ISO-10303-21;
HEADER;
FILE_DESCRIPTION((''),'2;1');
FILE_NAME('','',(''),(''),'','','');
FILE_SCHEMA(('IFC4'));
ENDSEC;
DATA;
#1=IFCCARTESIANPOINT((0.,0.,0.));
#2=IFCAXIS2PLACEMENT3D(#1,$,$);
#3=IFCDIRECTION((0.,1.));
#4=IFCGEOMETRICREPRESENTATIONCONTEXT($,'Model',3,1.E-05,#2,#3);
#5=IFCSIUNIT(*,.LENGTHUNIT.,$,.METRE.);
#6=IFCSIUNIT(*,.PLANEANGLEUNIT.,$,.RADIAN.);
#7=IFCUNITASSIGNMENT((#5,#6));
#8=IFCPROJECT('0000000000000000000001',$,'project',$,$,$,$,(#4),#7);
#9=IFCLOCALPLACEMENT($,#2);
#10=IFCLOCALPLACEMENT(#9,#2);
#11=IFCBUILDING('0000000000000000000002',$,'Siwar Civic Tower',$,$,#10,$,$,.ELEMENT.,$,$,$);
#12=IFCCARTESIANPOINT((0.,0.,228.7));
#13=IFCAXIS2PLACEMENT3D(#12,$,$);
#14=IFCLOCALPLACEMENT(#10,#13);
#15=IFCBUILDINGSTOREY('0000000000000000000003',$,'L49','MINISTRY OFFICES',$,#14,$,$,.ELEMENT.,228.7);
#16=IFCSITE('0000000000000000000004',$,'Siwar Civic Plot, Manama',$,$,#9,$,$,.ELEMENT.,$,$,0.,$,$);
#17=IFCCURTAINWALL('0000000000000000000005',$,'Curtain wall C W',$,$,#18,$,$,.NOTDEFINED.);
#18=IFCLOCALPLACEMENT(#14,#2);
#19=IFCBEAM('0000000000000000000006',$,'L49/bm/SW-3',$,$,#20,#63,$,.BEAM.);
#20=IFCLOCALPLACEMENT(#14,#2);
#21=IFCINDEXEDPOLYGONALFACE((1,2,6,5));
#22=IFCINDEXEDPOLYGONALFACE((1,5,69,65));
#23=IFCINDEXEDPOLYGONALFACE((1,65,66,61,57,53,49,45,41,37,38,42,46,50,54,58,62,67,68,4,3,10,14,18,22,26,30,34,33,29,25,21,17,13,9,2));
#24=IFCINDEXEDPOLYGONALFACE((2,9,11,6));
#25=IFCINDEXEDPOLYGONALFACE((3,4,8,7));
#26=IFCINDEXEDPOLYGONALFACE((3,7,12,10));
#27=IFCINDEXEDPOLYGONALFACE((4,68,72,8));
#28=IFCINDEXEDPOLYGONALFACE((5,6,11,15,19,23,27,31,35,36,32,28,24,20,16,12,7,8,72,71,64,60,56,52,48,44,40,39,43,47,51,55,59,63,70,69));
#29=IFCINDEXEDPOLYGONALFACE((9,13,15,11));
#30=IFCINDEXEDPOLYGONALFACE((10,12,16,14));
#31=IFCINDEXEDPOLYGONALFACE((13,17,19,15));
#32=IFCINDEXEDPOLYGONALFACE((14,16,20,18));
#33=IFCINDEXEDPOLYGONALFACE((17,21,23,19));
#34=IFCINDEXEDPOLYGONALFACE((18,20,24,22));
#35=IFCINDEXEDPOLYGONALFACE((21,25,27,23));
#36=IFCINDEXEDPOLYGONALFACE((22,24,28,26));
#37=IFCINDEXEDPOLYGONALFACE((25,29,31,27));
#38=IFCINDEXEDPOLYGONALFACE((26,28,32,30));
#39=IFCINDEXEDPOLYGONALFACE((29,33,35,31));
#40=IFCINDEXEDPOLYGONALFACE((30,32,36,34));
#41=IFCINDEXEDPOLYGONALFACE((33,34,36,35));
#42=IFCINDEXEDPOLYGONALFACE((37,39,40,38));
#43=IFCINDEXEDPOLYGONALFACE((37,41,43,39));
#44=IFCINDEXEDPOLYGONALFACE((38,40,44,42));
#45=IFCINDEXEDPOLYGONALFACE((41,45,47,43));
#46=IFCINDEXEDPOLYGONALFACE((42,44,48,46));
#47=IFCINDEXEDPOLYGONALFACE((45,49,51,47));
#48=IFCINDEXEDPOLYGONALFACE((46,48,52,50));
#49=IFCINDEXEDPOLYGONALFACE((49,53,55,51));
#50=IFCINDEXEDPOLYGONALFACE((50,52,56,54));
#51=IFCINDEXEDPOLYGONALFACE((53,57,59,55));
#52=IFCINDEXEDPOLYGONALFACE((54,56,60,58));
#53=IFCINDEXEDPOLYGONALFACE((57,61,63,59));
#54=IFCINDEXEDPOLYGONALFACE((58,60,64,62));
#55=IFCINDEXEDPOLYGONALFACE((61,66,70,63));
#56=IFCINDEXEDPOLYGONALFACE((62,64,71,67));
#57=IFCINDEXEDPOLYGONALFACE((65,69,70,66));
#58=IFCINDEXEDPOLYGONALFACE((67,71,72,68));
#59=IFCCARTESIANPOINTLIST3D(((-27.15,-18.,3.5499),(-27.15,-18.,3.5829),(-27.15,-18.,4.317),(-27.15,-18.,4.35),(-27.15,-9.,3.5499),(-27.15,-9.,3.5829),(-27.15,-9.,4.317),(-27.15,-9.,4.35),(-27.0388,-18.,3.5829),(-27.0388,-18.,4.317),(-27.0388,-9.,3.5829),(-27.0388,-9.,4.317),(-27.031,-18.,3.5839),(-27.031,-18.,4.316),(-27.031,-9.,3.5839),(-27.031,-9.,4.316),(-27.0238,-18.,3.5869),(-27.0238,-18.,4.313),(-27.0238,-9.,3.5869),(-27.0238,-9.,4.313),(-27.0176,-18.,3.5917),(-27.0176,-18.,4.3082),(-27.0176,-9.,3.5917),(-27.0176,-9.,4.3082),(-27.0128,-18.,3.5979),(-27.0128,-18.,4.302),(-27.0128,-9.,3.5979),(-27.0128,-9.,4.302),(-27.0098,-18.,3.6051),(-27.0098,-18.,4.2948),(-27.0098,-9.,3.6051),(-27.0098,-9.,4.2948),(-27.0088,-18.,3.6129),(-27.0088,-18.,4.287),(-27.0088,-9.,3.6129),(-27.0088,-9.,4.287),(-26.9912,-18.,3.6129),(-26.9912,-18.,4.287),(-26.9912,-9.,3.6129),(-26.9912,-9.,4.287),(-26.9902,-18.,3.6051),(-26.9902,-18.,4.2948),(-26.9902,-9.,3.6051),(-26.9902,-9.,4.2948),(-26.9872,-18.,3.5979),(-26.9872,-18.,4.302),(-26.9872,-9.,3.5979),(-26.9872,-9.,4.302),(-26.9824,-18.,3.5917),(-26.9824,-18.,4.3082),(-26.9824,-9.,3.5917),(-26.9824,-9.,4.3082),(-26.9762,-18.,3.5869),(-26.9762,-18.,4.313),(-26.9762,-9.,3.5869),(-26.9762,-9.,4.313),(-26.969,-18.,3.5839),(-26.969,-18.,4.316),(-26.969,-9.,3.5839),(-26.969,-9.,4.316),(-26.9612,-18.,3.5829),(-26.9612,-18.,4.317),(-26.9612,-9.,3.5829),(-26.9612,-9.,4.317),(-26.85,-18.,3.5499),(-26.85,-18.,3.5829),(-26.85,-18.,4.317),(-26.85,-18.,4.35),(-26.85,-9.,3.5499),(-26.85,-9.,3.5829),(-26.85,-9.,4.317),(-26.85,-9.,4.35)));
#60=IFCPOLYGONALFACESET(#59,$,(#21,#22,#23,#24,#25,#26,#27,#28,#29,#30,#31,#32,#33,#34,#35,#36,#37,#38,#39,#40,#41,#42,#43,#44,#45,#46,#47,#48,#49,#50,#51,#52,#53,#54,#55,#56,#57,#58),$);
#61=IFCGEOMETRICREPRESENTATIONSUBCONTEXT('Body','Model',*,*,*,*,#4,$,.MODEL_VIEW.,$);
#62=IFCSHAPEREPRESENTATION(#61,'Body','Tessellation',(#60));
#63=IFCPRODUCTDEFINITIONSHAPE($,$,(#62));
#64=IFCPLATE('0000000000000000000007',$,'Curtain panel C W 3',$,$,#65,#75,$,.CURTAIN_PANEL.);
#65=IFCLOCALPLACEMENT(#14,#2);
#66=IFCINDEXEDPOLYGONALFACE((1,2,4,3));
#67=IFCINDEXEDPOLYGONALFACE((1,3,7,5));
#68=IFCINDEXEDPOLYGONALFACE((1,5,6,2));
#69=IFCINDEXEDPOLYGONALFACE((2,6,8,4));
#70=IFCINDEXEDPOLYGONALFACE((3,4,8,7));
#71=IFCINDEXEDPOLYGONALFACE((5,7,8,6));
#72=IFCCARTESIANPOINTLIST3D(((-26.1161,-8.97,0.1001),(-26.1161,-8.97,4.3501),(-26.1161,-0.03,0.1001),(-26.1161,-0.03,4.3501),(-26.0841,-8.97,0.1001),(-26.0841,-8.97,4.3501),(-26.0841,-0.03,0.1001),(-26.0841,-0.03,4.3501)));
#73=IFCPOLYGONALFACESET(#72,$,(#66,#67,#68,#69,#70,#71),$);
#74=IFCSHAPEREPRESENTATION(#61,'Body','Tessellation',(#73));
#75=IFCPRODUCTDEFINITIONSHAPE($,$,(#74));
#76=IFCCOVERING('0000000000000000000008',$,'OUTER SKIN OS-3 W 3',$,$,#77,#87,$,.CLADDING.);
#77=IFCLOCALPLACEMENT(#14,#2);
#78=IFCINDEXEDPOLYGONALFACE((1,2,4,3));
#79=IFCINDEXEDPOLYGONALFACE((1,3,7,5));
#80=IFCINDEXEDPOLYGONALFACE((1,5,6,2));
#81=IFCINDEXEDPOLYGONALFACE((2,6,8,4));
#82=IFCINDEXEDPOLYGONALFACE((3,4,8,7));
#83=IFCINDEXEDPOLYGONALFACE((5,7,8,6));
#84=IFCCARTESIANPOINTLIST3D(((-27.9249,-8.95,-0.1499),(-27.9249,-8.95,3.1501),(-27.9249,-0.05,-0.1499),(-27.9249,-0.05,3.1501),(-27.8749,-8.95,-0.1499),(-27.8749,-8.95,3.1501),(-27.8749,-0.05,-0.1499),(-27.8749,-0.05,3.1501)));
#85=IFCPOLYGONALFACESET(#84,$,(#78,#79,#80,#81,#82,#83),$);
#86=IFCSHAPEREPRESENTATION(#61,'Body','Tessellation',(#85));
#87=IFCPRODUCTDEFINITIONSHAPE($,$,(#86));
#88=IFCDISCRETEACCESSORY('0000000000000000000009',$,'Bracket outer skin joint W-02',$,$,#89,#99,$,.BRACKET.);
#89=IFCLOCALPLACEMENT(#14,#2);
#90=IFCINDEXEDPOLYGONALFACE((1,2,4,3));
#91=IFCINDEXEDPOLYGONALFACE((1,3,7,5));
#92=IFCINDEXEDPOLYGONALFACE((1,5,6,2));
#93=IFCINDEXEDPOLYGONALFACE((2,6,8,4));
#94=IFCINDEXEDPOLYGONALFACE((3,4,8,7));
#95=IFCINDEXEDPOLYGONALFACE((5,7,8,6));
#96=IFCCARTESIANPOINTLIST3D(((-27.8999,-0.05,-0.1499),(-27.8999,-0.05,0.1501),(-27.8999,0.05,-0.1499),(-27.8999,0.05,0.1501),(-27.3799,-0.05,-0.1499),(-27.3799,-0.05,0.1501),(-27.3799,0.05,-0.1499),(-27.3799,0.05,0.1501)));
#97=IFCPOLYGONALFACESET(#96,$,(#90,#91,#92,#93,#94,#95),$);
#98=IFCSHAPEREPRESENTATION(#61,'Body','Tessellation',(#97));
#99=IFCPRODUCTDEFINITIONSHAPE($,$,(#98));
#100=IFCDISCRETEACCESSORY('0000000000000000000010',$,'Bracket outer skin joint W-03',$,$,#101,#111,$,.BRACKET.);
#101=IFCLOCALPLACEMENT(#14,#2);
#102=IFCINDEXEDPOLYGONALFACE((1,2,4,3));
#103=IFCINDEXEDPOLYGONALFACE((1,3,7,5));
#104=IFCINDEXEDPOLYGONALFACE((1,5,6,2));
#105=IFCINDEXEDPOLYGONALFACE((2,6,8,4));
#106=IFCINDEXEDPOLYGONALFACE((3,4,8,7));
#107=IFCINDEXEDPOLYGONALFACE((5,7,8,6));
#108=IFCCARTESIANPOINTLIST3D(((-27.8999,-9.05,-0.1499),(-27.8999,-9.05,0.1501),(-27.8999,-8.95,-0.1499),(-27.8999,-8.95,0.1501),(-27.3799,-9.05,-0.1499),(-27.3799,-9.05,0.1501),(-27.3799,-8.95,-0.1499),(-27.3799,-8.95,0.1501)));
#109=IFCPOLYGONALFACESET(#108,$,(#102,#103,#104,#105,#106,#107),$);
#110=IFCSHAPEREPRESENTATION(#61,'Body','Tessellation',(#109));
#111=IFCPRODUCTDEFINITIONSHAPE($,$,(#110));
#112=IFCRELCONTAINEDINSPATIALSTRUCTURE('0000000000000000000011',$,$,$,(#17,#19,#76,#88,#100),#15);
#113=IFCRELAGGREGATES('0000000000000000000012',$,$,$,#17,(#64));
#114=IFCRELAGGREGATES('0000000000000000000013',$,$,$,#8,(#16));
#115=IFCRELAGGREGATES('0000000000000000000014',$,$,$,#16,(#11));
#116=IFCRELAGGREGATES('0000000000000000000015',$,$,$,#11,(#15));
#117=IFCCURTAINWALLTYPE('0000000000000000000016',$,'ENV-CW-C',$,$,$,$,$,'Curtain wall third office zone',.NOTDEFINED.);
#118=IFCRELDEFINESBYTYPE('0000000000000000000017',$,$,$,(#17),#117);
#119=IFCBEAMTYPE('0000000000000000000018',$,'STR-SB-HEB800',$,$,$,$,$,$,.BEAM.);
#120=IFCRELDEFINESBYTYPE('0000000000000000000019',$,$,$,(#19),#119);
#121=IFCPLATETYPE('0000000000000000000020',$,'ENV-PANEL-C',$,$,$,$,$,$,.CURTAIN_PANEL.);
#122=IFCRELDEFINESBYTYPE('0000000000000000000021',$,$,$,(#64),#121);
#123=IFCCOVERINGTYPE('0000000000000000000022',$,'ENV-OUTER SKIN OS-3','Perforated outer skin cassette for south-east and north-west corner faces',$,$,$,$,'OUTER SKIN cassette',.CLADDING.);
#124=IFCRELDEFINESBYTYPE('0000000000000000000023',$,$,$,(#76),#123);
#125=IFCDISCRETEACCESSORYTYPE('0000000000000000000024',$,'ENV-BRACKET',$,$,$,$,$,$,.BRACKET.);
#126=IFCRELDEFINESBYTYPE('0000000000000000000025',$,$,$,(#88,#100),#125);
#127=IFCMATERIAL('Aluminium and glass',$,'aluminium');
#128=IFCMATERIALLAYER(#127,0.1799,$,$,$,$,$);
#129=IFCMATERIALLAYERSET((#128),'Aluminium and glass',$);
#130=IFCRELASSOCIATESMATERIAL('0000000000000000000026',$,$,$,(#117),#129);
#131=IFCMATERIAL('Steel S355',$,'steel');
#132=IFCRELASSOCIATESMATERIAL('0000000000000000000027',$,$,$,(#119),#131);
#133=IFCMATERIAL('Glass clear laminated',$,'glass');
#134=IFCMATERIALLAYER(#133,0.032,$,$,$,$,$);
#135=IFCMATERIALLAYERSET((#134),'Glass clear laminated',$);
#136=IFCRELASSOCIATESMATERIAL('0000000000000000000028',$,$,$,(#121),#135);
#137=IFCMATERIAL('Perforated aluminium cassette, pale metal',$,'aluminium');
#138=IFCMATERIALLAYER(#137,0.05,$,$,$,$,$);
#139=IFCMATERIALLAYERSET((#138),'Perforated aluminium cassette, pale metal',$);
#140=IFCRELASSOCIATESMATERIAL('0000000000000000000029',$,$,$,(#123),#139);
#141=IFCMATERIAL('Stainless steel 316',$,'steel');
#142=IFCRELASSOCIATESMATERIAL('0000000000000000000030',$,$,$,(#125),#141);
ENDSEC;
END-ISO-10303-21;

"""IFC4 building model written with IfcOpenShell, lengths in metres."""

from ifc_helpers import new_model, si_unit, direction, frame, origin, origin_2d, place, context, subcontext, project, spatial, rectangle, i_section, extrude, material, layer, layer_set, material_profile, profile_set, type_object, element, aggregate, save


model = new_model("IFC4")

# Units and contexts
model_context = context("Model", 3, precision=1e-05, world=origin(), true_north=direction((0.0, 1.0)))
body_context = subcontext(model_context, "Body", "Model", "MODEL_VIEW")
ifc_project = project(units=[si_unit("LENGTHUNIT", "METRE"), si_unit("PLANEANGLEUNIT", "RADIAN")], contexts=[model_context])

# Site, building, storey
site_placement = place(None, origin())
site = spatial("IfcSite", under=ifc_project, at=site_placement, Name="Siwar Civic Plot, Manama", CompositionType="ELEMENT", RefElevation=0.0)
building_placement = place(site_placement, origin())
building = spatial("IfcBuilding", under=site, at=building_placement, Name="Siwar Civic Tower", CompositionType="ELEMENT")
storey_placement = place(building_placement, frame((0.0, 0.0, 228.7)))
storey = spatial("IfcBuildingStorey", under=building, at=storey_placement, Name="L49", Description="MINISTRY OFFICES", CompositionType="ELEMENT", Elevation=228.7)

# Curtain wall
ifc_material_1 = material(Name="Aluminium and glass", Category="aluminium")
ifc_layer_1 = layer(ifc_material_1, 0.1799)
ifc_layer_set_1 = layer_set([ifc_layer_1], Name="Aluminium and glass")
curtain_wall_type = type_object("IfcCurtainWallType", Name="ENV-CW-C", ElementType="Curtain wall third office zone", PredefinedType="NOTDEFINED", material=ifc_layer_set_1)
curtain_wall_placement = place(storey_placement, origin())
curtain_wall = element("IfcCurtainWall", 1, at=curtain_wall_placement, inside=storey, type_object=curtain_wall_type, Name="Curtain wall C W", PredefinedType="NOTDEFINED")

# Beam
ifc_material_2 = material(Name="Steel S355", Category="steel")
ifc_material_profile_1 = material_profile(ifc_material_2, i_section(OverallWidth=0.3, OverallDepth=0.8, WebThickness=0.0176, FlangeThickness=0.033, FilletRadius=0.03, at=origin_2d()), Name="HEB800")
ifc_profile_set_1 = profile_set([ifc_material_profile_1], Name="Steel S355")
beam_type_1 = type_object("IfcBeamType", Name="STR-SB-HEB800", PredefinedType="BEAM", material=ifc_profile_set_1)
beam_placement = place(storey_placement, frame((-27.0, -9.0, 3.95), z_axis=(0.0, -1.0, 0.0), x_axis=(1.0, 0.0, 0.0)))
element("IfcBeam", 2, at=beam_placement, inside=storey, type_object=beam_type_1, Name="L49/bm/SW-3", PredefinedType="BEAM", context=body_context, shape_type="SweptSolid", body=[
    extrude(i_section(OverallWidth=0.3, OverallDepth=0.8, WebThickness=0.0176, FlangeThickness=0.033, FilletRadius=0.03, at=origin_2d()), origin(), (0.0, 0.0, 1.0), 9.0),
])

# Plate
ifc_material_3 = material(Name="Glass clear laminated", Category="glass")
ifc_layer_2 = layer(ifc_material_3, 0.032)
ifc_layer_set_2 = layer_set([ifc_layer_2], Name="Glass clear laminated")
plate_type = type_object("IfcPlateType", Name="ENV-PANEL-C", PredefinedType="CURTAIN_PANEL", material=ifc_layer_set_2)
plate_placement = place(storey_placement, frame((-26.1001, -4.5, 0.1001), z_axis=(0.0, 0.0, 1.0), x_axis=(0.0, -1.0, 0.0)))
plate = element("IfcPlate", 3, at=plate_placement, type_object=plate_type, Name="Curtain panel C W 3", PredefinedType="CURTAIN_PANEL", context=body_context, shape_type="SweptSolid", body=[
    extrude(rectangle(XDim=8.9399, YDim=0.032, at=origin_2d()), origin(), (0.0, 0.0, 1.0), 4.25),
])
aggregate(curtain_wall, [plate])

# Covering
ifc_material_4 = material(Name="Perforated aluminium cassette, pale metal", Category="aluminium")
ifc_layer_3 = layer(ifc_material_4, 0.05)
ifc_layer_set_3 = layer_set([ifc_layer_3], Name="Perforated aluminium cassette, pale metal")
covering_type = type_object("IfcCoveringType", Name="ENV-OUTER SKIN OS-3", Description="Perforated outer skin cassette for south-east and north-west corner faces", ElementType="OUTER SKIN cassette", PredefinedType="CLADDING", material=ifc_layer_set_3)
covering_placement = place(storey_placement, frame((-27.8999, -4.5, -0.1499), z_axis=(0.0, 0.0, 1.0), x_axis=(0.0, -1.0, 0.0)))
element("IfcCovering", 4, at=covering_placement, inside=storey, type_object=covering_type, Name="OUTER SKIN OS-3 W 3", PredefinedType="CLADDING", context=body_context, shape_type="SweptSolid", body=[
    extrude(rectangle(XDim=8.8999, YDim=0.05, at=origin_2d()), origin(), (0.0, 0.0, 1.0), 3.3),
])

# Discrete accessories
ifc_material_5 = material(Name="Stainless steel 316", Category="steel")
discrete_accessory_type = type_object("IfcDiscreteAccessoryType", Name="ENV-BRACKET", PredefinedType="BRACKET", material=ifc_material_5)
for number, where, z_axis, x_axis, name in (
    (5, (-27.6399, 0.0, -0.1499), (0.0, 0.0, 1.0), (-1.0, 0.0, 0.0), "Bracket outer skin joint W-02"),
    (6, (-27.6399, -9.0, -0.1499), (0.0, 0.0, 1.0), (-1.0, 0.0, 0.0), "Bracket outer skin joint W-03"),
):
    element("IfcDiscreteAccessory", number, at=place(storey_placement, frame(where, z_axis=z_axis, x_axis=x_axis)), inside=storey, type_object=discrete_accessory_type, Name=name, PredefinedType="BRACKET", context=body_context, shape_type="SweptSolid", body=[
        extrude(rectangle(XDim=0.52, YDim=0.1001, at=origin_2d()), origin(), (0.0, 0.0, 1.0), 0.3),
    ])

save(model, "model.ifc")
